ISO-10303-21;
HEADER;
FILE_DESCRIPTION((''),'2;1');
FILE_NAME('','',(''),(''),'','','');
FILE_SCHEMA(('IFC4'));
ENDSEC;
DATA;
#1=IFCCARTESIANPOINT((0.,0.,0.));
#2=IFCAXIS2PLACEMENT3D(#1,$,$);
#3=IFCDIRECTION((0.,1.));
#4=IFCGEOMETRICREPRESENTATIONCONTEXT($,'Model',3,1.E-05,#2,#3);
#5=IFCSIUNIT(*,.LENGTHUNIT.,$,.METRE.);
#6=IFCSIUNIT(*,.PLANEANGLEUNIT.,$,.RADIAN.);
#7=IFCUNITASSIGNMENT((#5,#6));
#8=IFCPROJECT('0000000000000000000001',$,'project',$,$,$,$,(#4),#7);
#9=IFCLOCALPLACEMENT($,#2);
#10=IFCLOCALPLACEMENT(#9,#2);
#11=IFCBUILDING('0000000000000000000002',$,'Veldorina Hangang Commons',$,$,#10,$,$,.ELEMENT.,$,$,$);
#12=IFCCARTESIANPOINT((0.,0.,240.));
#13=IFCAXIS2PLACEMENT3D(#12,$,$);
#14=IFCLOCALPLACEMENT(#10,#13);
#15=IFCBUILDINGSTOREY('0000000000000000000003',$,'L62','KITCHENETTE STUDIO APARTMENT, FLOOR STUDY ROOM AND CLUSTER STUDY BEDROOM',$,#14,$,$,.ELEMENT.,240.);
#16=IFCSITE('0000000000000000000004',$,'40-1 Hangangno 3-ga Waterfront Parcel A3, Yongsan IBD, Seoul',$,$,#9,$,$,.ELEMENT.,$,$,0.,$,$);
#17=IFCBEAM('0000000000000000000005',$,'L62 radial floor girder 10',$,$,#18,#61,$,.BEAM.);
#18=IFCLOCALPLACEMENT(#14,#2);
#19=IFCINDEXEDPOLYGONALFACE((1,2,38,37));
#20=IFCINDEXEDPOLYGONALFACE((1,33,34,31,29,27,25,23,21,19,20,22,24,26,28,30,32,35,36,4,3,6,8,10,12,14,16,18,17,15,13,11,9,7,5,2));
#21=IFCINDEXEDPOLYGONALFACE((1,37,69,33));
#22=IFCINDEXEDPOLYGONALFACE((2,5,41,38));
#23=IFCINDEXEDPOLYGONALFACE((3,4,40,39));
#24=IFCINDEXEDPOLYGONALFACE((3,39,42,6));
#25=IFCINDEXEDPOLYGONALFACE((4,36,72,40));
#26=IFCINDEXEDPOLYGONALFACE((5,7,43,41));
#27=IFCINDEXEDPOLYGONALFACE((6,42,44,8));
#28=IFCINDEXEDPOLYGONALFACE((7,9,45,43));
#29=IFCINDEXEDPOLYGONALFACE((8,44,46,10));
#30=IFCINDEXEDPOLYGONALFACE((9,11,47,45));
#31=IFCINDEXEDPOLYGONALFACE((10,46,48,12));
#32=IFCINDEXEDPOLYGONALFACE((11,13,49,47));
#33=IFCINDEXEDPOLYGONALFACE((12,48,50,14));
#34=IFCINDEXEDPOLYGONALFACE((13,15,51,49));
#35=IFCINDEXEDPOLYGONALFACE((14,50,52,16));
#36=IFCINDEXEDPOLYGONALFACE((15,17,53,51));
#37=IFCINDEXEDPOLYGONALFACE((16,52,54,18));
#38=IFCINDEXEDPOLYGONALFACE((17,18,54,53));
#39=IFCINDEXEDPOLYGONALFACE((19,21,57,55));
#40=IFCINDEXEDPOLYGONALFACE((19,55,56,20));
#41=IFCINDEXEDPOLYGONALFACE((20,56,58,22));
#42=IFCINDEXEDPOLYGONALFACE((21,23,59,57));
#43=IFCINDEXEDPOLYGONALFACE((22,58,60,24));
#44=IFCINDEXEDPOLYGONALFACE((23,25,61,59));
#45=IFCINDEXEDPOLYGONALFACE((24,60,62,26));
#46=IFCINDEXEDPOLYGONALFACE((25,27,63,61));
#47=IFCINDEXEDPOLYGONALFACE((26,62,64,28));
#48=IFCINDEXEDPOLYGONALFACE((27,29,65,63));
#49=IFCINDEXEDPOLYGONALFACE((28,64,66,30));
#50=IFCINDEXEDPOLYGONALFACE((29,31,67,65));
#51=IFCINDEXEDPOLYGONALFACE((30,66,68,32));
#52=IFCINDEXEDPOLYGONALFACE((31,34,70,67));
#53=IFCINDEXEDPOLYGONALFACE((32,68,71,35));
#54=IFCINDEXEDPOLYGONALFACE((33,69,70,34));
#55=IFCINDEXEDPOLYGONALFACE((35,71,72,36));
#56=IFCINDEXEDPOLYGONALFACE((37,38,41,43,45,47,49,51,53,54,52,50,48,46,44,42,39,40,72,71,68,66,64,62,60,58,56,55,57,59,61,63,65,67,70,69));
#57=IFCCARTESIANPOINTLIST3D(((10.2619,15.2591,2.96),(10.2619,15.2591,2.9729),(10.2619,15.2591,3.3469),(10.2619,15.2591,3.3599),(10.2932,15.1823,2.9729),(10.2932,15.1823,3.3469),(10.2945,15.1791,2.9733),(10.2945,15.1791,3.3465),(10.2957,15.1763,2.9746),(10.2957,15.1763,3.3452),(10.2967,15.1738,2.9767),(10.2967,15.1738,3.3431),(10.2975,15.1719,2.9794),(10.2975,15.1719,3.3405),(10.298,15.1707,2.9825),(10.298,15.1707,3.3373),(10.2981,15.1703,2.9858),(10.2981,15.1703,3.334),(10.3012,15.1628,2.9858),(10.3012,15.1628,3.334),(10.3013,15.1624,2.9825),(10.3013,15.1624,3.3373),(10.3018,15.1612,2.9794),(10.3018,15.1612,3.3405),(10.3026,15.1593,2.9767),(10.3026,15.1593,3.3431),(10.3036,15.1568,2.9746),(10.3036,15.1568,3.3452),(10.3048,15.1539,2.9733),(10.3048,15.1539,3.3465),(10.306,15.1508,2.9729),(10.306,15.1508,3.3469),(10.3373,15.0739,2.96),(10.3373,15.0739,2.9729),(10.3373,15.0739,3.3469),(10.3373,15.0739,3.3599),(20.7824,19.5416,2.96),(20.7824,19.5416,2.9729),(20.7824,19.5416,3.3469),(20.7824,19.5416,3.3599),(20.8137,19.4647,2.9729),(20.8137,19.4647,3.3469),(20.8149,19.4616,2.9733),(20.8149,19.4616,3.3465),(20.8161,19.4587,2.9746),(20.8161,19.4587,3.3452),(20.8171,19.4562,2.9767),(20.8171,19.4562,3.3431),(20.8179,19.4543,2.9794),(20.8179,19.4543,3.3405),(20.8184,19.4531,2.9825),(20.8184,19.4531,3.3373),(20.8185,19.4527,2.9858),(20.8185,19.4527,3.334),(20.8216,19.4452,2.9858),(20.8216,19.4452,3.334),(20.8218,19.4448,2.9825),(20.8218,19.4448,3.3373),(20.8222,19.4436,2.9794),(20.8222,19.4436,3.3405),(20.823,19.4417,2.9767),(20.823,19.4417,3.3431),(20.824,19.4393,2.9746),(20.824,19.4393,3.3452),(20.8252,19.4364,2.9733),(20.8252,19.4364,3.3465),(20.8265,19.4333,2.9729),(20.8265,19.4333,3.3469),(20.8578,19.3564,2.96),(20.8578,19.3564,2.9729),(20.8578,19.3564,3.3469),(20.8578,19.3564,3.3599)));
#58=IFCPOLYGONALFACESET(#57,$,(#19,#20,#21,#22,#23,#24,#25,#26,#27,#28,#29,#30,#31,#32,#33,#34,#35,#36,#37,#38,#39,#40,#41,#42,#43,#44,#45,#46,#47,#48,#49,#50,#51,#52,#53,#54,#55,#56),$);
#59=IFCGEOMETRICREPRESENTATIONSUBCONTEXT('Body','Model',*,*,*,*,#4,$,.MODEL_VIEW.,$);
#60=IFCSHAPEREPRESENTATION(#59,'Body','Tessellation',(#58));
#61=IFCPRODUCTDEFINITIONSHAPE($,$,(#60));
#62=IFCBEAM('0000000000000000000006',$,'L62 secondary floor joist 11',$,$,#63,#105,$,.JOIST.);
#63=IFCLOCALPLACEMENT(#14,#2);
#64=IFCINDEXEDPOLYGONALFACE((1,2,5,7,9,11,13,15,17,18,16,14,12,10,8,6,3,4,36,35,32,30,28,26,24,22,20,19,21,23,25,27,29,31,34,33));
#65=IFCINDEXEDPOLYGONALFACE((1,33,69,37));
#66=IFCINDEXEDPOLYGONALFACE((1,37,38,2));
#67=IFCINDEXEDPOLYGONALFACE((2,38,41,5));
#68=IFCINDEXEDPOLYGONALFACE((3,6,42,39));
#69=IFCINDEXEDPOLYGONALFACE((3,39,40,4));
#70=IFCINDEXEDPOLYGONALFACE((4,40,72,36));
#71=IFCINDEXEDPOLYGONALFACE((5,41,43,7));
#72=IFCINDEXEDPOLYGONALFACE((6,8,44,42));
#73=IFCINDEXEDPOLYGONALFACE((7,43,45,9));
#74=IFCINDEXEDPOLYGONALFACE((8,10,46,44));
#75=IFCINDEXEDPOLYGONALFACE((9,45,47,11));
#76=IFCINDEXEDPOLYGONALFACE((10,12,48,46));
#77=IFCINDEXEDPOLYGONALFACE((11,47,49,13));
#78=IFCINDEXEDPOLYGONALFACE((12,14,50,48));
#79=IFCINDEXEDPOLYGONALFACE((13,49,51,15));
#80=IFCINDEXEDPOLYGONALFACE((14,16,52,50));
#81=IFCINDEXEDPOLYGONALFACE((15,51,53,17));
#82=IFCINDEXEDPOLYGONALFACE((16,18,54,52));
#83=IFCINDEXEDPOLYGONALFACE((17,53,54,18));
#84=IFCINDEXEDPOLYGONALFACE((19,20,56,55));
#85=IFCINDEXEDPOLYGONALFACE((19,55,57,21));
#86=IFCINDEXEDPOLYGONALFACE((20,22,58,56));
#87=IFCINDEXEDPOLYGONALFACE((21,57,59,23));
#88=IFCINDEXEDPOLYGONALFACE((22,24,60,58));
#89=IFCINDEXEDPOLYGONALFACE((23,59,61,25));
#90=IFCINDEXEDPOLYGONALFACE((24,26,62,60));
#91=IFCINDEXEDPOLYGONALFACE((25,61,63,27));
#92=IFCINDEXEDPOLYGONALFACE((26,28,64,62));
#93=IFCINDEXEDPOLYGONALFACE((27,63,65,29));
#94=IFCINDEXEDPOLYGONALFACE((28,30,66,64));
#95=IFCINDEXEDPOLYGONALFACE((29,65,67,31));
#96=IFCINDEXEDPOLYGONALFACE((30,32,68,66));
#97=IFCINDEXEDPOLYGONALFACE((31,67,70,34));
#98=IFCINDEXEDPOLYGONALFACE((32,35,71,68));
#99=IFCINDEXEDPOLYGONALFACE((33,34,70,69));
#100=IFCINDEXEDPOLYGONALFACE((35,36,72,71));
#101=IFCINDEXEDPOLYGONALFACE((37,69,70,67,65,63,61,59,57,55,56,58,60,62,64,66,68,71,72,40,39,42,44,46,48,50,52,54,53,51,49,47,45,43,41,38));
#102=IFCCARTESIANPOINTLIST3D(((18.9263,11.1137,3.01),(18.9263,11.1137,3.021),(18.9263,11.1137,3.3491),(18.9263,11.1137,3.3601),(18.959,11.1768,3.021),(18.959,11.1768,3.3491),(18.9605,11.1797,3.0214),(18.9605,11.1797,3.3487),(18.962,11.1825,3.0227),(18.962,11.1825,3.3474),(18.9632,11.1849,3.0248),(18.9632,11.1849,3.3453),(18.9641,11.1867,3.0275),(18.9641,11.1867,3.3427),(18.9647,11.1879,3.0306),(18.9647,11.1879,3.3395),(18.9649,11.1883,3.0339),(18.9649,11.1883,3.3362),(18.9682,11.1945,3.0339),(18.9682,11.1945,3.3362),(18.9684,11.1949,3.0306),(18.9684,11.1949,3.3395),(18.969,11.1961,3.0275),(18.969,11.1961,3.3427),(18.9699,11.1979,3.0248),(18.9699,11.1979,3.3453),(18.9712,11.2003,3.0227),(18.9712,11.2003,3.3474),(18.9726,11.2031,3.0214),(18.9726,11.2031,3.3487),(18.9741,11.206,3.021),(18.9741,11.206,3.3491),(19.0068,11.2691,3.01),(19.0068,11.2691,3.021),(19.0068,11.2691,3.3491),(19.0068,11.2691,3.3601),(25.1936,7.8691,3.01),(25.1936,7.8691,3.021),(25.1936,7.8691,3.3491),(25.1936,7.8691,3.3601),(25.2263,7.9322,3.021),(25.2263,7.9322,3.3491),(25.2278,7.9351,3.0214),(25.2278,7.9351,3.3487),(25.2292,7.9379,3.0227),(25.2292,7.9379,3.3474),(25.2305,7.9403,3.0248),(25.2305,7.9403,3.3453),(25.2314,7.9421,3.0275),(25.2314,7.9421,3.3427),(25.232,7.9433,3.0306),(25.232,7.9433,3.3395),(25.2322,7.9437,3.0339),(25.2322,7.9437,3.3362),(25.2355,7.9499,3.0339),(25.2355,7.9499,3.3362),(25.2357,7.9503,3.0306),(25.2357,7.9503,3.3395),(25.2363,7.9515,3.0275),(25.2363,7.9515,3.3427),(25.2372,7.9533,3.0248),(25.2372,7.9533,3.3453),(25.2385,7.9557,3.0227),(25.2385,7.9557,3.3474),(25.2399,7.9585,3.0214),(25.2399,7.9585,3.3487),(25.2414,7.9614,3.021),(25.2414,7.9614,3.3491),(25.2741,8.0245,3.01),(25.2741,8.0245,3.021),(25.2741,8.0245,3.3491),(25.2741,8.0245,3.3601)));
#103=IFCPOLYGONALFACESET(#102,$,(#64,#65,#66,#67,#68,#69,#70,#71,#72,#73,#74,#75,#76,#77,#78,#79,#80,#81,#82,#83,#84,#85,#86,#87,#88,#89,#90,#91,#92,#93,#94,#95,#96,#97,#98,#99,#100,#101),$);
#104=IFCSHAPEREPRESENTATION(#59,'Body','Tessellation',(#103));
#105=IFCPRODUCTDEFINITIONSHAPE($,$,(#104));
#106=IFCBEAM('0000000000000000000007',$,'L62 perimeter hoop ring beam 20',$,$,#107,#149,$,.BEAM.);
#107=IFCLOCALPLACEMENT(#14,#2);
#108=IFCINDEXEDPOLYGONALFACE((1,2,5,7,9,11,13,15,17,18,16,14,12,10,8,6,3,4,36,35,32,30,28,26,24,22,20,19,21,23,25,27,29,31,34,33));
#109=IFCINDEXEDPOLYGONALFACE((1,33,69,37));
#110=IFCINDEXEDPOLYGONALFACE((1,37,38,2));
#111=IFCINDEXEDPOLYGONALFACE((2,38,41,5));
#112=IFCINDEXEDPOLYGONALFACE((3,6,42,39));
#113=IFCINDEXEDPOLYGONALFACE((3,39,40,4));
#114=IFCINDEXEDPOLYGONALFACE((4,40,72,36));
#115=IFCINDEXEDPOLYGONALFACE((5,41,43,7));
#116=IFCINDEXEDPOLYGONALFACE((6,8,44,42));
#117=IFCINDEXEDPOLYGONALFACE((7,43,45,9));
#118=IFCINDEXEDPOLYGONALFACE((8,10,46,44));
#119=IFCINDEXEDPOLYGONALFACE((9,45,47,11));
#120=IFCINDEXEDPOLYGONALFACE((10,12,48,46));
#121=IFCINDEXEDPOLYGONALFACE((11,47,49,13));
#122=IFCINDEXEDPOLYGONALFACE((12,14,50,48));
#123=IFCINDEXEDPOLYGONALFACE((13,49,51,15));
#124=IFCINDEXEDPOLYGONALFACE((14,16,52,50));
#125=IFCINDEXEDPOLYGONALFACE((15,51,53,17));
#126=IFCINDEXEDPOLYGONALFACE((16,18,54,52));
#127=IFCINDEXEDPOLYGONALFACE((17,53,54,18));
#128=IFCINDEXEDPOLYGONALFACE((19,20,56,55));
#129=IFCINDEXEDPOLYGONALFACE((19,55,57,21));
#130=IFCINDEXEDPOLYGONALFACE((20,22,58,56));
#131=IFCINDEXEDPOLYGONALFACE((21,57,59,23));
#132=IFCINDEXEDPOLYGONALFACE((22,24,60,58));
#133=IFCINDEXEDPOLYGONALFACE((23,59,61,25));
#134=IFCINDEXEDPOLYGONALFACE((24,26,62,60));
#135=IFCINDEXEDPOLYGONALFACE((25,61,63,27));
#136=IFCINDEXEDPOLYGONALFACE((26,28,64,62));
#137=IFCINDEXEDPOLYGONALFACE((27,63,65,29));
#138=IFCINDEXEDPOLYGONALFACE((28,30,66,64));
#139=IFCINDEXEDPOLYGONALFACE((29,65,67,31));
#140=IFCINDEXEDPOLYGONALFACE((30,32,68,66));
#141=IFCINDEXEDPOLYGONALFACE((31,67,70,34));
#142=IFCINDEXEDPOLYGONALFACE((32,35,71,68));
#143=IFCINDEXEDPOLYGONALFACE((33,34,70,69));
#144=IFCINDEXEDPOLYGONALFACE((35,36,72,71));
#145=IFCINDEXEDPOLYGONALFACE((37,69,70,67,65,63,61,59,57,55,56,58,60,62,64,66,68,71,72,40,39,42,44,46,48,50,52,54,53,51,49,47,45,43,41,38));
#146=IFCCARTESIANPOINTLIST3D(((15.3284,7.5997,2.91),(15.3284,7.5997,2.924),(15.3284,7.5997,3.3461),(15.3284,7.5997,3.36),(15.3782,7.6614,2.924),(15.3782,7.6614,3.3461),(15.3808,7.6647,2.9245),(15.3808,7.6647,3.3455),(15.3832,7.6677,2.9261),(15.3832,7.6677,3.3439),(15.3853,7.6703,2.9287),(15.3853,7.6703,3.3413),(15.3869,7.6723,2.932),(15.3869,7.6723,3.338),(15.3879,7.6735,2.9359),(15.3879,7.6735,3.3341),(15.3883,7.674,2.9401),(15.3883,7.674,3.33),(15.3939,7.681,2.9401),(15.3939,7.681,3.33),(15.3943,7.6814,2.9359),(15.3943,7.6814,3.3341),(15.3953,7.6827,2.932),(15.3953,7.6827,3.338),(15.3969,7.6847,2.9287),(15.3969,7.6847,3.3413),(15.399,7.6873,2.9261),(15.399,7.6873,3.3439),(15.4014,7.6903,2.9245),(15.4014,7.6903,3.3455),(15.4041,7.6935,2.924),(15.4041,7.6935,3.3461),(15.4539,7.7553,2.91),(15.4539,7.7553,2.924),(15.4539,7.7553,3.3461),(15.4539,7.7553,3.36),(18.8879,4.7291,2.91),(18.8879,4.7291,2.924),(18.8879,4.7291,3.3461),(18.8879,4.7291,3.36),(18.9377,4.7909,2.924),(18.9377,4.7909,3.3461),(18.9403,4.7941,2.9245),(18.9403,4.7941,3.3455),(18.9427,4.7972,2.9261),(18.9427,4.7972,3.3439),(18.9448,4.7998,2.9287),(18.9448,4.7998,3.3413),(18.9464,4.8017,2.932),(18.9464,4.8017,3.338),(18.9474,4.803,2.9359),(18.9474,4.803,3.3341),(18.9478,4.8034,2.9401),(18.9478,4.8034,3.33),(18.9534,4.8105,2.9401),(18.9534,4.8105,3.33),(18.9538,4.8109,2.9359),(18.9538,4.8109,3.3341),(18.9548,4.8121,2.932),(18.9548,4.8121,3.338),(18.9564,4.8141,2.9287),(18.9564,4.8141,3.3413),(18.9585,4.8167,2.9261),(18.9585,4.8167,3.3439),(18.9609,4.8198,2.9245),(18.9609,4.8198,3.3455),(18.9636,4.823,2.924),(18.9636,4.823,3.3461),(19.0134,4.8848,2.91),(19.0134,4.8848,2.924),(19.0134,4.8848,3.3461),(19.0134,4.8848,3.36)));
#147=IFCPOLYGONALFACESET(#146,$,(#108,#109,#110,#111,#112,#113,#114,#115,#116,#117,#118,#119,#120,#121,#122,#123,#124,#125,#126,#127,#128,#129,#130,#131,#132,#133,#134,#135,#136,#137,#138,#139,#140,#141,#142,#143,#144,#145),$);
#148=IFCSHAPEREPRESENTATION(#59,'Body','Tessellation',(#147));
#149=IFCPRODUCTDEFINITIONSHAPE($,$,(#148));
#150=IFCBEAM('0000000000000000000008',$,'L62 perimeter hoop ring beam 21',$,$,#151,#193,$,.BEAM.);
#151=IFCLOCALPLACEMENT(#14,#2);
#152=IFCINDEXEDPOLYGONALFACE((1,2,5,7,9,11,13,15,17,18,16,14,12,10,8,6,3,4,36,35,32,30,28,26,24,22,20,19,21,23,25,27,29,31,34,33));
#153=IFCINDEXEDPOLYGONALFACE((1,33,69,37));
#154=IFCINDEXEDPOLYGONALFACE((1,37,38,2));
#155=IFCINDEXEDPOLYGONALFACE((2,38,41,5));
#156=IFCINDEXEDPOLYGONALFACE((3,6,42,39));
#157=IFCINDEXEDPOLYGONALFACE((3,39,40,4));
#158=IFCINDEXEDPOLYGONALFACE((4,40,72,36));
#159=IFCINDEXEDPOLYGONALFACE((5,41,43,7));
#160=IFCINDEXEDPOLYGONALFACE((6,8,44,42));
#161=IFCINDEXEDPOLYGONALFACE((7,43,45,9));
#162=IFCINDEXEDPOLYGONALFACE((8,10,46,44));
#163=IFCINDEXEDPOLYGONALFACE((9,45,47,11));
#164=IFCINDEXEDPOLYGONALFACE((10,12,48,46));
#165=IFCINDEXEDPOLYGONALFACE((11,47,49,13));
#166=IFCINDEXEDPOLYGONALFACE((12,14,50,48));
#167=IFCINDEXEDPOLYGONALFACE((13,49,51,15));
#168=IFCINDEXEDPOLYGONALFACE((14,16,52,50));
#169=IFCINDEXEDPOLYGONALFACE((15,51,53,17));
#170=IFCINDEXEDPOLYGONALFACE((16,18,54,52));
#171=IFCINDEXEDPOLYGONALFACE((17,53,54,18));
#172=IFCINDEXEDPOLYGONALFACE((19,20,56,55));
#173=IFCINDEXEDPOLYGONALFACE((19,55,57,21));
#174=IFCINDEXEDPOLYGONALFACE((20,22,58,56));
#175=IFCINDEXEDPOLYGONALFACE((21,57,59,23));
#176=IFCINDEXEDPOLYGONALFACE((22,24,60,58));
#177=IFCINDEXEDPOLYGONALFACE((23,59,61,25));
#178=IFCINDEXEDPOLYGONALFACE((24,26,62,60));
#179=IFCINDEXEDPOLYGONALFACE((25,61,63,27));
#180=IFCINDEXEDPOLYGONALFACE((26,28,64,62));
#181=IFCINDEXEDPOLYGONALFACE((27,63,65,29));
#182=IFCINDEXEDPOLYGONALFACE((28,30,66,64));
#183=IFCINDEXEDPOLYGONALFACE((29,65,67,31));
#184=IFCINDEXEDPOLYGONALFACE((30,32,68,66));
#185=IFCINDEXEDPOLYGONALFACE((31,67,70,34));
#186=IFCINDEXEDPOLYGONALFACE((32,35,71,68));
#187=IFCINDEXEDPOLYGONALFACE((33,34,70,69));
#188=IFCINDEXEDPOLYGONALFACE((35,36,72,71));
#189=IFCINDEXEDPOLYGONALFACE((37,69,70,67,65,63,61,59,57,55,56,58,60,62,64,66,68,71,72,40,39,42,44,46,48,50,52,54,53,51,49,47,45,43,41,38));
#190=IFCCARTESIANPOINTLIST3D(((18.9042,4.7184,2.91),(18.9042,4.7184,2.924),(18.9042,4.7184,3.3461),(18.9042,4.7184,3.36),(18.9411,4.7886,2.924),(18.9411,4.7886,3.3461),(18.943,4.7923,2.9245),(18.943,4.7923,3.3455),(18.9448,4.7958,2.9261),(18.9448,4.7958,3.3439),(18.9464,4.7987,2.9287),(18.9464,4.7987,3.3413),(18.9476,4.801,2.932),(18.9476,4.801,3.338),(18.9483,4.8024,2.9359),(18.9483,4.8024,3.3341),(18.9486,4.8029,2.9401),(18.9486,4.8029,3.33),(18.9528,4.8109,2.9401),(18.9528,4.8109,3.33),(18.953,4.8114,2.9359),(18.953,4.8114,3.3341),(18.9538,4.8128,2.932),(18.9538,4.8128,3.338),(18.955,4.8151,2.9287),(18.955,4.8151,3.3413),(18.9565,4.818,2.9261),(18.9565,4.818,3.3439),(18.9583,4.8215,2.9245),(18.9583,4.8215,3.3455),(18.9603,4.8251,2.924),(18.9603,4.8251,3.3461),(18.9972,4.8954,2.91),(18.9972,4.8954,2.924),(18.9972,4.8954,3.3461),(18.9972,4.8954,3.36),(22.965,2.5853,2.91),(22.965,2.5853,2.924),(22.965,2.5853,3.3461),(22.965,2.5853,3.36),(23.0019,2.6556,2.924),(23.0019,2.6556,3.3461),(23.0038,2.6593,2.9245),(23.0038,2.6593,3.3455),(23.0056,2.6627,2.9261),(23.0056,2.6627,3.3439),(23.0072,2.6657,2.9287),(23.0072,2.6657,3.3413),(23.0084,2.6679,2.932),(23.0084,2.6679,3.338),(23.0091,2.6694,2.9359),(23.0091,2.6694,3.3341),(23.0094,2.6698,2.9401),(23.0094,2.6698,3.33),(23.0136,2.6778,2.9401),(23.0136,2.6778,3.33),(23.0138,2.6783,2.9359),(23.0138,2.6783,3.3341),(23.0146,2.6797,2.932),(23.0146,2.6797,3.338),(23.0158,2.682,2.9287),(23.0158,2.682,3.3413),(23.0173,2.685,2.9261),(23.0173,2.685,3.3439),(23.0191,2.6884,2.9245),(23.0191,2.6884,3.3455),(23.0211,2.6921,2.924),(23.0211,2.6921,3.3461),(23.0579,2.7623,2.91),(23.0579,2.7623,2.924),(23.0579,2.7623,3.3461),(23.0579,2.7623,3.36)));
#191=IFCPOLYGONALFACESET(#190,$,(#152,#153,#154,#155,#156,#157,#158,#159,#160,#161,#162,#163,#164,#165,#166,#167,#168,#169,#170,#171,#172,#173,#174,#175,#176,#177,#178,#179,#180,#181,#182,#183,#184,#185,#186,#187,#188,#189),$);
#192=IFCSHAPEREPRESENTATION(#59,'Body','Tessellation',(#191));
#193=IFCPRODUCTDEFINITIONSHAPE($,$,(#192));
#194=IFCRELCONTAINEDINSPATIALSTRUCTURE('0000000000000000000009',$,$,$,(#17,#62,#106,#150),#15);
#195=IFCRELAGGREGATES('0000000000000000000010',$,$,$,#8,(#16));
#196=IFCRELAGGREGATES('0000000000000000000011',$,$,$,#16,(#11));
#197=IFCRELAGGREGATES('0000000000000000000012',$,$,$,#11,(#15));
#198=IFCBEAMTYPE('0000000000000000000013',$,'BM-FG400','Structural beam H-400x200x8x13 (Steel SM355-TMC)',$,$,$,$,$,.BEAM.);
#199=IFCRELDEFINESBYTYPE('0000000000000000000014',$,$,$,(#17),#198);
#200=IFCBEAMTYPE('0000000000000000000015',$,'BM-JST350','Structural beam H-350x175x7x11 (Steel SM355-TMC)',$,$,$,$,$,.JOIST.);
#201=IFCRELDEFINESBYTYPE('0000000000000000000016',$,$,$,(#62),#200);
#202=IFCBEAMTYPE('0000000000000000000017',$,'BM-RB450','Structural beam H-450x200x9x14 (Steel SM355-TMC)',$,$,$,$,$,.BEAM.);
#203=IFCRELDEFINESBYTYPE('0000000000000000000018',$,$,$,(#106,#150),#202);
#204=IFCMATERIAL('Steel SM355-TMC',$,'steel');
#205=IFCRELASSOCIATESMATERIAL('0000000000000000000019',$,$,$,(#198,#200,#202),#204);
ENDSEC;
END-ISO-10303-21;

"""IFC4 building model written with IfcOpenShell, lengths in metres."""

from ifc_helpers import new_model, si_unit, direction, frame, origin, origin_2d, place, context, subcontext, project, spatial, i_section, extrude, material, material_profile, profile_set, type_object, element, save


model = new_model("IFC4")

# Units and contexts
model_context = context("Model", 3, precision=1e-05, world=origin(), true_north=direction((0.0, 1.0)))
body_context = subcontext(model_context, "Body", "Model", "MODEL_VIEW")
ifc_project = project(units=[si_unit("LENGTHUNIT", "METRE"), si_unit("PLANEANGLEUNIT", "RADIAN")], contexts=[model_context])

# Site, building, storey
site_placement = place(None, origin())
site = spatial("IfcSite", under=ifc_project, at=site_placement, Name="40-1 Hangangno 3-ga Waterfront Parcel A3, Yongsan IBD, Seoul", CompositionType="ELEMENT", RefElevation=0.0)
building_placement = place(site_placement, origin())
building = spatial("IfcBuilding", under=site, at=building_placement, Name="Veldorina Hangang Commons", CompositionType="ELEMENT")
storey_placement = place(building_placement, frame((0.0, 0.0, 240.0)))
storey = spatial("IfcBuildingStorey", under=building, at=storey_placement, Name="L62", Description="KITCHENETTE STUDIO APARTMENT, FLOOR STUDY ROOM AND CLUSTER STUDY BEDROOM", CompositionType="ELEMENT", Elevation=240.0)

# Beams
ifc_material_1 = material(Name="Steel SM355-TMC", Category="steel")
ifc_material_profile_1 = material_profile(ifc_material_1, i_section(OverallWidth=0.2, OverallDepth=0.3999, WebThickness=0.0081, FlangeThickness=0.0129, FilletRadius=0.0129, at=origin_2d()), Name="H-400x200x8x13")
ifc_profile_set_1 = profile_set([ifc_material_profile_1], Name="Steel SM355-TMC")
beam_type_1 = type_object("IfcBeamType", Name="BM-FG400", Description="Structural beam H-400x200x8x13 (Steel SM355-TMC)", PredefinedType="BEAM", material=ifc_profile_set_1)
beam_1_placement = place(storey_placement, frame((20.8201, 19.449, 3.1599), z_axis=(-0.926205, -0.37702, 0.0), x_axis=(0.37702, -0.926205, 0.0)))
element("IfcBeam", 1, at=beam_1_placement, inside=storey, type_object=beam_type_1, Name="L62 radial floor girder 10", PredefinedType="BEAM", context=body_context, shape_type="SweptSolid", body=[
    extrude(i_section(OverallWidth=0.2, OverallDepth=0.3999, WebThickness=0.0081, FlangeThickness=0.0129, FilletRadius=0.0129, at=origin_2d()), origin(), (0.0, 0.0, 1.0), 11.3586),
])
ifc_material_profile_2 = material_profile(ifc_material_1, i_section(OverallWidth=0.175, OverallDepth=0.3501, WebThickness=0.0071, FlangeThickness=0.011, FilletRadius=0.0129, at=origin_2d()), Name="H-350x175x7x11")
ifc_profile_set_2 = profile_set([ifc_material_profile_2], Name="Steel SM355-TMC")
beam_type_2 = type_object("IfcBeamType", Name="BM-JST350", Description="Structural beam H-350x175x7x11 (Steel SM355-TMC)", PredefinedType="JOIST", material=ifc_profile_set_2)
beam_2_placement = place(storey_placement, frame((18.9666, 11.1914, 3.1851), z_axis=(0.88805, -0.459748, 0.0), x_axis=(0.459748, 0.88805, 0.0)))
element("IfcBeam", 2, at=beam_2_placement, inside=storey, type_object=beam_type_2, Name="L62 secondary floor joist 11", PredefinedType="JOIST", context=body_context, shape_type="SweptSolid", body=[
    extrude(i_section(OverallWidth=0.175, OverallDepth=0.3501, WebThickness=0.0071, FlangeThickness=0.011, FilletRadius=0.0129, at=origin_2d()), origin(), (0.0, 0.0, 1.0), 7.0574),
])
ifc_material_profile_3 = material_profile(ifc_material_1, i_section(OverallWidth=0.2, OverallDepth=0.45, WebThickness=0.009, FlangeThickness=0.0139, FilletRadius=0.0161, at=origin_2d()), Name="H-450x200x9x14")
ifc_profile_set_3 = profile_set([ifc_material_profile_3], Name="Steel SM355-TMC")
beam_type_3 = type_object("IfcBeamType", Name="BM-RB450", Description="Structural beam H-450x200x9x14 (Steel SM355-TMC)", PredefinedType="BEAM", material=ifc_profile_set_3)
beam_3_placement = place(storey_placement, frame((15.3911, 7.6775, 3.135), z_axis=(0.778415, -0.62775, 0.0), x_axis=(0.62775, 0.778415, 0.0)))
element("IfcBeam", 3, at=beam_3_placement, inside=storey, type_object=beam_type_3, Name="L62 perimeter hoop ring beam 20", PredefinedType="BEAM", context=body_context, shape_type="SweptSolid", body=[
    extrude(i_section(OverallWidth=0.2, OverallDepth=0.45, WebThickness=0.009, FlangeThickness=0.0139, FilletRadius=0.0161, at=origin_2d()), origin(), (0.0, 0.0, 1.0), 4.5728),
])
beam_4_placement = place(storey_placement, frame((18.9507, 4.8069, 3.135), z_axis=(0.885295, -0.465029, 0.0), x_axis=(0.465029, 0.885295, 0.0)))
element("IfcBeam", 4, at=beam_4_placement, inside=storey, type_object=beam_type_3, Name="L62 perimeter hoop ring beam 21", PredefinedType="BEAM", context=body_context, shape_type="SweptSolid", body=[
    extrude(i_section(OverallWidth=0.2, OverallDepth=0.45, WebThickness=0.009, FlangeThickness=0.0139, FilletRadius=0.0161, at=origin_2d()), origin(), (0.0, 0.0, 1.0), 4.5869),
])

save(model, "model.ifc")
